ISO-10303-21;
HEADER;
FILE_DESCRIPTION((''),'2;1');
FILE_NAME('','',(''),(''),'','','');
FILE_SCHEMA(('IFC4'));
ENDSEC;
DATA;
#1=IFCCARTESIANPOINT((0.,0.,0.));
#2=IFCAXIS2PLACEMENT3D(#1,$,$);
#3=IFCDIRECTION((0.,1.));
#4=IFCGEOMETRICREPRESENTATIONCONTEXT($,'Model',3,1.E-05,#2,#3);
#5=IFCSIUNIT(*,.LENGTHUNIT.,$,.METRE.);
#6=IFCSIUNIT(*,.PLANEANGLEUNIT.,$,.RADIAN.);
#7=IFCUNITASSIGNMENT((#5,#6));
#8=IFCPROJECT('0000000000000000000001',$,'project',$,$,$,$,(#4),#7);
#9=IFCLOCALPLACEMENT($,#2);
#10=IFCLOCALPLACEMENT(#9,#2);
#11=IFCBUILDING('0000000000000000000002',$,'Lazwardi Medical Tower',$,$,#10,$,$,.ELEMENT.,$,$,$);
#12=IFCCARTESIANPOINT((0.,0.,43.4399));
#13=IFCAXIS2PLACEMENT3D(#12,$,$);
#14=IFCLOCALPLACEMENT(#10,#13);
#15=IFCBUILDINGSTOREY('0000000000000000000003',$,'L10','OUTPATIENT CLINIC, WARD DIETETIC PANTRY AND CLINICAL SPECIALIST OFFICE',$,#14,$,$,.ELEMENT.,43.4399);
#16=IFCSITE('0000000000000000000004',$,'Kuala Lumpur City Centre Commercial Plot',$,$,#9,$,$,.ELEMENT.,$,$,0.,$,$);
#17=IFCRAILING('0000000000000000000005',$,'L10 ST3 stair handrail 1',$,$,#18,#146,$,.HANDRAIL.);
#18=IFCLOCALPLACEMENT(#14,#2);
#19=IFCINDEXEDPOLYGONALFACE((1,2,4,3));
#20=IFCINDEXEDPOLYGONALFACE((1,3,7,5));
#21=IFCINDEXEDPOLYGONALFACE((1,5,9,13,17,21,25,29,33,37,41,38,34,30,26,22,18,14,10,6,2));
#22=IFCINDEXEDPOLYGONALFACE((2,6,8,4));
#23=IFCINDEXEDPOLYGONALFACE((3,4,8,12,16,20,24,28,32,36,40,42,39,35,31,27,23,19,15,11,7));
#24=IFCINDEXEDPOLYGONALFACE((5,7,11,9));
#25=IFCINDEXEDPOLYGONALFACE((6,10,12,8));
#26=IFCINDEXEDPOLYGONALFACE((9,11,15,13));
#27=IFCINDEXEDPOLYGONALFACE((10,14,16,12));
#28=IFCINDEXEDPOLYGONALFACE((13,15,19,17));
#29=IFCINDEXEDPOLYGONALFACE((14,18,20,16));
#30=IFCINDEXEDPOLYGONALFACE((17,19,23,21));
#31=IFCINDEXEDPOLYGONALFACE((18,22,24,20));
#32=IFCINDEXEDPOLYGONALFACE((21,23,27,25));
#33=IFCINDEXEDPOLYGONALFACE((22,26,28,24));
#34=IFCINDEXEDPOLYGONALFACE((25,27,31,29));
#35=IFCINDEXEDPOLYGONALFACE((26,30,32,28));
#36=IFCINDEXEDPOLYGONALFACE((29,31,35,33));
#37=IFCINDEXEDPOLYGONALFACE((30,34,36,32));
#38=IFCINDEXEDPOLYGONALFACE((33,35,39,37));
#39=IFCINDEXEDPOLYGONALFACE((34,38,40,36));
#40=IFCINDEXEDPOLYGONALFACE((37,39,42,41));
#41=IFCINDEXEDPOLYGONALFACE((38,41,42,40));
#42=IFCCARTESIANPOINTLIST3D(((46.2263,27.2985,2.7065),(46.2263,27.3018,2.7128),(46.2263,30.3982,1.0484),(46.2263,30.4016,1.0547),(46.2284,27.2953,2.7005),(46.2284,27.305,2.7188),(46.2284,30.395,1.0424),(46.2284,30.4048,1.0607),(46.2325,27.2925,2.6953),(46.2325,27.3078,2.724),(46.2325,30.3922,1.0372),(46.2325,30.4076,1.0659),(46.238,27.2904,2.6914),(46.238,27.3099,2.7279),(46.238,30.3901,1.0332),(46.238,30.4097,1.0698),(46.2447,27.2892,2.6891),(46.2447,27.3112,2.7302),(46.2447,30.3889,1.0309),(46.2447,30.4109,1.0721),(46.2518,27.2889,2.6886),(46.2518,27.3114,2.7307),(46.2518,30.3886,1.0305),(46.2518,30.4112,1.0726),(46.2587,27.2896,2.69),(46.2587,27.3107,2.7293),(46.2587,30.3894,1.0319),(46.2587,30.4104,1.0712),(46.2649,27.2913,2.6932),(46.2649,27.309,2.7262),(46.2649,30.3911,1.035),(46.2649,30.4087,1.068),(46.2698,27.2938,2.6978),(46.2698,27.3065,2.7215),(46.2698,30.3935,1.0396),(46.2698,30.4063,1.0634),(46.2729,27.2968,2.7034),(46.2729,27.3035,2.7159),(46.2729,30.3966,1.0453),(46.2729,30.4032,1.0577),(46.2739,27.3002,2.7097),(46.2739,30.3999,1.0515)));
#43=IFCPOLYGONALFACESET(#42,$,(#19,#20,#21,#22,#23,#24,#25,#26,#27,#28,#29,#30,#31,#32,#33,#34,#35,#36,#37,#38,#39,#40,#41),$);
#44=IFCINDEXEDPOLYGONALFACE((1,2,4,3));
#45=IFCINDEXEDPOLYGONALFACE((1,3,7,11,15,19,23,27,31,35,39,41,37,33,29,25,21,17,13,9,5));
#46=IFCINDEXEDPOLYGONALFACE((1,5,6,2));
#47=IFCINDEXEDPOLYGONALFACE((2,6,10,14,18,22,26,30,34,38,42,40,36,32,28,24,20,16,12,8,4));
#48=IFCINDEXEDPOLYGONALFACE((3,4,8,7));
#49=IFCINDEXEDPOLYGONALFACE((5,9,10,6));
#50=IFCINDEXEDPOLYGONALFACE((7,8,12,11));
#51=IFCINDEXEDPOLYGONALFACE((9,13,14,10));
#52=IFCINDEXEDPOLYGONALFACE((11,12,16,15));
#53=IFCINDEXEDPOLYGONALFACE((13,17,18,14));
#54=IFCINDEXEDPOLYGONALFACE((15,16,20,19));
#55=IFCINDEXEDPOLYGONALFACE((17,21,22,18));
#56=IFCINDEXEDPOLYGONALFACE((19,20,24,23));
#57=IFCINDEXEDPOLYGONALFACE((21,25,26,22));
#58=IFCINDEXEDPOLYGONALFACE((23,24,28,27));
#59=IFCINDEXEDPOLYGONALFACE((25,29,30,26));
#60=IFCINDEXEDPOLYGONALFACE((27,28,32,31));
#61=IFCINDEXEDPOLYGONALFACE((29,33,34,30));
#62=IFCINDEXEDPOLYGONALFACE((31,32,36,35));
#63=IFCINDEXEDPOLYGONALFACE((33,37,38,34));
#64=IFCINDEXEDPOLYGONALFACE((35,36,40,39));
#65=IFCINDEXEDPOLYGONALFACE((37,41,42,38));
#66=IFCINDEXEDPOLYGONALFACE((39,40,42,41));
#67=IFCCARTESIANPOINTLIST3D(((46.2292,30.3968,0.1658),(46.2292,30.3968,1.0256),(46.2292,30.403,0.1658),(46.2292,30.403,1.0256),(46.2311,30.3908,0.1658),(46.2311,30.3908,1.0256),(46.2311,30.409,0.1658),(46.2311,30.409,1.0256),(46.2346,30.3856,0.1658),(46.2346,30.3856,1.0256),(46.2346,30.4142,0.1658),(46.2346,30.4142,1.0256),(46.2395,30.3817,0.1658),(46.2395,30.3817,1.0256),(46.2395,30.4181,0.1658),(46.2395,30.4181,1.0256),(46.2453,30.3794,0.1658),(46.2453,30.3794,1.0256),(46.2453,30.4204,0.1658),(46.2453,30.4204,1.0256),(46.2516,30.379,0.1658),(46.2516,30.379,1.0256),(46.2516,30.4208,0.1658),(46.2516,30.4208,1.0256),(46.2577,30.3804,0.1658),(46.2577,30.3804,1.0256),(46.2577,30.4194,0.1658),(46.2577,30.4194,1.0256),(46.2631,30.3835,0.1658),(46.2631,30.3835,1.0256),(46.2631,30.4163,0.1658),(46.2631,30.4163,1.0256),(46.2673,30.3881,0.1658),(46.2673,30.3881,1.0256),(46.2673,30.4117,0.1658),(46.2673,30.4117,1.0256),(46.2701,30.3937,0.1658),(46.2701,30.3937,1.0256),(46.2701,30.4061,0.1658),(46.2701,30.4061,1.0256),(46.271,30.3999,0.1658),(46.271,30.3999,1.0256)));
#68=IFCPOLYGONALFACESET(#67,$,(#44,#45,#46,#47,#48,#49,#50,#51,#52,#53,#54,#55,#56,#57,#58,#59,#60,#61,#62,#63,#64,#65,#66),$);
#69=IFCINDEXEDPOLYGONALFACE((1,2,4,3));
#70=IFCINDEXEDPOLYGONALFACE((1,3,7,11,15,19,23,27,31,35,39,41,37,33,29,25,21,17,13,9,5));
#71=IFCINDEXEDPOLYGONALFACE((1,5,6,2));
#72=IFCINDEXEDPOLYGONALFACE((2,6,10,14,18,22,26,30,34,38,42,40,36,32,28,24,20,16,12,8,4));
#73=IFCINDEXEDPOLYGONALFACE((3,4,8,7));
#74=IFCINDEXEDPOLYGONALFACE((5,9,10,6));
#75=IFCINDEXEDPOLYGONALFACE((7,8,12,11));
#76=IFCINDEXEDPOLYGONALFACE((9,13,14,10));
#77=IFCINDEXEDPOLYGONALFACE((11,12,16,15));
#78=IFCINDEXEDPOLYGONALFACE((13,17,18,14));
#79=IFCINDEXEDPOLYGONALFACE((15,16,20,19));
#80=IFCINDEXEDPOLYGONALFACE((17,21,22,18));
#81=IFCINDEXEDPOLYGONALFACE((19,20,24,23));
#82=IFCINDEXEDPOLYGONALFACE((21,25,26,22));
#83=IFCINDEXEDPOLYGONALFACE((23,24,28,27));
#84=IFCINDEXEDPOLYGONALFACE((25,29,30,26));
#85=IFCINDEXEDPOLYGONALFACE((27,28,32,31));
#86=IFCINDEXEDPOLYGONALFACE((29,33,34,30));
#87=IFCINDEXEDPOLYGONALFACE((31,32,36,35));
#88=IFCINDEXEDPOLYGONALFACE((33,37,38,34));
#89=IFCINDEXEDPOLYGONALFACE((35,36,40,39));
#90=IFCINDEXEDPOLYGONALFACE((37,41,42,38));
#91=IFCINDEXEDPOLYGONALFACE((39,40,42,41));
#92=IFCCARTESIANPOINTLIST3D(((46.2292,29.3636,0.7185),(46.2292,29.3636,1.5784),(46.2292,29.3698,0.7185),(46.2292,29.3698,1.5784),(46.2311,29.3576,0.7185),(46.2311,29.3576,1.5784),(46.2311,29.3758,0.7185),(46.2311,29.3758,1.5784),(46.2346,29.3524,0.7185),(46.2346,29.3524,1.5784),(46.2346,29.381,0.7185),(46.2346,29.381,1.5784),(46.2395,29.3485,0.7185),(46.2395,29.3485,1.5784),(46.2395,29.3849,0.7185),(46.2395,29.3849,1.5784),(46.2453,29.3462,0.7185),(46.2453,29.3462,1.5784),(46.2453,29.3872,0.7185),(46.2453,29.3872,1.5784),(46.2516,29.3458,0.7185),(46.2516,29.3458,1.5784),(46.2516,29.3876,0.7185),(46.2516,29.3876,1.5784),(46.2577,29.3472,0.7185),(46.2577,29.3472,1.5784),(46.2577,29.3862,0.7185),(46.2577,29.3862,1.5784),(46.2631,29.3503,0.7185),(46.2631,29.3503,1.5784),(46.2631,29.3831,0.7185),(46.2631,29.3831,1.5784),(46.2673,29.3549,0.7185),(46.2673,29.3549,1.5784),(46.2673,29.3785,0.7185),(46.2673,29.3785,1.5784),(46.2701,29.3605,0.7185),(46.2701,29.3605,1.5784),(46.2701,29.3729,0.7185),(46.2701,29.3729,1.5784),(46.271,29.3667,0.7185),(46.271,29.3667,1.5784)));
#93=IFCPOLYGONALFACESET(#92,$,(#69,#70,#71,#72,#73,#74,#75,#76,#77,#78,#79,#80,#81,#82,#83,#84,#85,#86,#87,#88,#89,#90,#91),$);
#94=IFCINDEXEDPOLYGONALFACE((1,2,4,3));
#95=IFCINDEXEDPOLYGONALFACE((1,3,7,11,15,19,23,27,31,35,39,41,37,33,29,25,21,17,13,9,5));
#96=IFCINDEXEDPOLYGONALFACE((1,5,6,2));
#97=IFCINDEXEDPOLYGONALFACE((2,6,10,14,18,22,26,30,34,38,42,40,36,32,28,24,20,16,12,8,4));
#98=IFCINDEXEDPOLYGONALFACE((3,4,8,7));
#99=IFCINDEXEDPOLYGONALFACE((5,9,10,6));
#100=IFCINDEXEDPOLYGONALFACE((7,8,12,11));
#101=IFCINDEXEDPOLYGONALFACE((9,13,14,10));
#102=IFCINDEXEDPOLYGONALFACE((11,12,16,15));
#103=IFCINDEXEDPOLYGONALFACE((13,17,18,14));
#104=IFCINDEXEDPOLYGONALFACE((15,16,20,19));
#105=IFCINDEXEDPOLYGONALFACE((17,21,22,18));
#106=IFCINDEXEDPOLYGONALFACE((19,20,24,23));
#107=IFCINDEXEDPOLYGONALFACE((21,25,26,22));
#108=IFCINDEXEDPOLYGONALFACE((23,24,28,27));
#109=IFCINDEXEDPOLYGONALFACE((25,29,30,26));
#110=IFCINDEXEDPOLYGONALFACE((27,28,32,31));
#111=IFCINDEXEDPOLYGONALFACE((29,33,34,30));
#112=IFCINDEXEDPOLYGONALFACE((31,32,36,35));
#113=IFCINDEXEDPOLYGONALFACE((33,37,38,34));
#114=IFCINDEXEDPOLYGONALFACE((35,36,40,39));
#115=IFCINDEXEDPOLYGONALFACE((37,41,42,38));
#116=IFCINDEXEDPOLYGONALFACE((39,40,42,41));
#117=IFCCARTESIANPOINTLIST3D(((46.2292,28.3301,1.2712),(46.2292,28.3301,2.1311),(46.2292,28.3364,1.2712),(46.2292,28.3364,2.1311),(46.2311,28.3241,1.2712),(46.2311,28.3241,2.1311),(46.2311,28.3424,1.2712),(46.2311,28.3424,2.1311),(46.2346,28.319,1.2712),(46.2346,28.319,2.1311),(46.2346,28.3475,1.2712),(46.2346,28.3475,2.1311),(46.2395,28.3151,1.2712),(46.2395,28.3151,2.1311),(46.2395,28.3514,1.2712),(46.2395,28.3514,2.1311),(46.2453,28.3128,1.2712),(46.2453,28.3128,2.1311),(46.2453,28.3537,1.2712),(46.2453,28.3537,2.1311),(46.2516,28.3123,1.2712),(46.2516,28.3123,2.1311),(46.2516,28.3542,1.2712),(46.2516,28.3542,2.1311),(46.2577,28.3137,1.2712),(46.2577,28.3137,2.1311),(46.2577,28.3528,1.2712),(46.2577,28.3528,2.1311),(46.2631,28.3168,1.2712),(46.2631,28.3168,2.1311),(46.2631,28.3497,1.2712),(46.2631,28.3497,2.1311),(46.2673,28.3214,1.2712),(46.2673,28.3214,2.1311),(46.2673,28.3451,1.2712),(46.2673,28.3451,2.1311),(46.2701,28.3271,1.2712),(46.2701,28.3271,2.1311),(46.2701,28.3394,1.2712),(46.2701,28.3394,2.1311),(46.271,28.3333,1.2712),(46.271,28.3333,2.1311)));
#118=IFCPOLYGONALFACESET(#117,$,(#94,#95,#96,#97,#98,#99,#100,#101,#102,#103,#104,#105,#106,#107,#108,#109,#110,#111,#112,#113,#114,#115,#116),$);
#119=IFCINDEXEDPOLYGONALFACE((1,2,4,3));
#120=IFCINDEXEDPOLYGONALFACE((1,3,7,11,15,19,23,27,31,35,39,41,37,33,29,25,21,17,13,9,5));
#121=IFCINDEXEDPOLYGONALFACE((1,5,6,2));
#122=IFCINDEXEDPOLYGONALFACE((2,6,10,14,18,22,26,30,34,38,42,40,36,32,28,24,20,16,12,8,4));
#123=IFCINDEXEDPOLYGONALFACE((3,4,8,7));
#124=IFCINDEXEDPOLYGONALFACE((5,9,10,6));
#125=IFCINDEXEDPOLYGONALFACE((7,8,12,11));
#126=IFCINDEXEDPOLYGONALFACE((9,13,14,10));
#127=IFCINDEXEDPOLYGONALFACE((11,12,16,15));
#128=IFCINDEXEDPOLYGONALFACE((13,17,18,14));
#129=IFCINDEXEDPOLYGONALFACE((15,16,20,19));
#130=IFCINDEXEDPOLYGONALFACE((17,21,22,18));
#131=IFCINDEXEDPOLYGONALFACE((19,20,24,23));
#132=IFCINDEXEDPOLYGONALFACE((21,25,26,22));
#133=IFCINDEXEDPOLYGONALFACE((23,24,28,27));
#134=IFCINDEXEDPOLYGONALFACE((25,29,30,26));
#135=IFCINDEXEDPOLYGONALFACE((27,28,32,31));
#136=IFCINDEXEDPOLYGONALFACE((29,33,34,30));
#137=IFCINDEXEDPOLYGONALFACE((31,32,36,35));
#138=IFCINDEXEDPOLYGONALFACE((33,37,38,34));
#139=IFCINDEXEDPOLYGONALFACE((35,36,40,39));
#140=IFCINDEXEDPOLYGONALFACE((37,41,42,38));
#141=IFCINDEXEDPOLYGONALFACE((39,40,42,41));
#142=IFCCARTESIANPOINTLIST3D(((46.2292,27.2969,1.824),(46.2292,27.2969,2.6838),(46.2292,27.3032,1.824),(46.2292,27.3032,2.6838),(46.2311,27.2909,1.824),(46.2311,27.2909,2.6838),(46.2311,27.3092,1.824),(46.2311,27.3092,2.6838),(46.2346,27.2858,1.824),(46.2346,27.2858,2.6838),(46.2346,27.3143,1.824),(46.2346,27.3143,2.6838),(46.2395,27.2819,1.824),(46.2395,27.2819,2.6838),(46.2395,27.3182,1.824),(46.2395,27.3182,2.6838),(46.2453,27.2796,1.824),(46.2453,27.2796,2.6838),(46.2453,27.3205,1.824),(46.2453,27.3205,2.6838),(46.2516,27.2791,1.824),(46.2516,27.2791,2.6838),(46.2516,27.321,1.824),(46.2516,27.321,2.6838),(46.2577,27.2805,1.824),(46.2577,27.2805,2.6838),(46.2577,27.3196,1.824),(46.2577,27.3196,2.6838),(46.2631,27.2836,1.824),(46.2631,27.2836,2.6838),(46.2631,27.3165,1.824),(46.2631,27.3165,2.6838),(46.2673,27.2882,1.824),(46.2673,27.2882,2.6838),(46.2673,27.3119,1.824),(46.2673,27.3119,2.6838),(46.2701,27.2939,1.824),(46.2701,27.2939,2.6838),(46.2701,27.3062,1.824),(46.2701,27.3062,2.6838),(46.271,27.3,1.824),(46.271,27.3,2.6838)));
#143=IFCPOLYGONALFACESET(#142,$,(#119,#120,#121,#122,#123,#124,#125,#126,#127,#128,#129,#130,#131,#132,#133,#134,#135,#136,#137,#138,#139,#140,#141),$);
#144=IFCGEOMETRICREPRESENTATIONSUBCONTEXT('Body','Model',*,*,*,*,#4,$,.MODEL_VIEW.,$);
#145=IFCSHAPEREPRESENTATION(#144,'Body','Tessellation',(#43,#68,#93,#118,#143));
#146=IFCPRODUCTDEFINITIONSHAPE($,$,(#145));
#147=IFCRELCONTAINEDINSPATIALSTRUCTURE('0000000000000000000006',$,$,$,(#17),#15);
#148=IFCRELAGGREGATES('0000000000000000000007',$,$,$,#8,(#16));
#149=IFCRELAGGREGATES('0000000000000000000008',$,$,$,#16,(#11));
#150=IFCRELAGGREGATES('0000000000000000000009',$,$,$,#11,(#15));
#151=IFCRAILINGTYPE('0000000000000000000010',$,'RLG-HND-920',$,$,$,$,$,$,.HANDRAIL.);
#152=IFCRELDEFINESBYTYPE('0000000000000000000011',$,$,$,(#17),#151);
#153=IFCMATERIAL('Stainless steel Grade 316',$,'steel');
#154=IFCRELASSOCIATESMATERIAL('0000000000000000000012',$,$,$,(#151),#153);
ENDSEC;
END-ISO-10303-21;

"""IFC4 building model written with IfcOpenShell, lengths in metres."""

from ifc_helpers import new_model, si_unit, direction, frame, origin, origin_2d, place, context, subcontext, project, spatial, circle, extrude, material, type_object, element, save


model = new_model("IFC4")

# Units and contexts
model_context = context("Model", 3, precision=1e-05, world=origin(), true_north=direction((0.0, 1.0)))
body_context = subcontext(model_context, "Body", "Model", "MODEL_VIEW")
ifc_project = project(units=[si_unit("LENGTHUNIT", "METRE"), si_unit("PLANEANGLEUNIT", "RADIAN")], contexts=[model_context])

# Site, building, storey
site_placement = place(None, origin())
site = spatial("IfcSite", under=ifc_project, at=site_placement, Name="Kuala Lumpur City Centre Commercial Plot", CompositionType="ELEMENT", RefElevation=0.0)
building_placement = place(site_placement, origin())
building = spatial("IfcBuilding", under=site, at=building_placement, Name="Lazwardi Medical Tower", CompositionType="ELEMENT")
storey_placement = place(building_placement, frame((0.0, 0.0, 43.4399)))
storey = spatial("IfcBuildingStorey", under=building, at=storey_placement, Name="L10", Description="OUTPATIENT CLINIC, WARD DIETETIC PANTRY AND CLINICAL SPECIALIST OFFICE", CompositionType="ELEMENT", Elevation=43.4399)

# Railing
ifc_material_1 = material(Name="Stainless steel Grade 316", Category="steel")
railing_type_1 = type_object("IfcRailingType", Name="RLG-HND-920", PredefinedType="HANDRAIL", material=ifc_material_1)
railing_1_placement = place(storey_placement, frame((46.25, 30.3999, 0.1658)))
element("IfcRailing", 1, at=railing_1_placement, inside=storey, type_object=railing_type_1, Name="L10 ST3 stair handrail 1", PredefinedType="HANDRAIL", context=body_context, shape_type="SweptSolid", body=[
    extrude(circle(Radius=0.0239, at=origin_2d()), frame((0.0, 0.0, 0.8857), z_axis=(0.0, -0.881768, 0.471684), x_axis=(1.0, 0.0, 0.0)), (0.0, 0.0, 1.0), 3.5154),
    extrude(circle(Radius=0.021, at=origin_2d()), origin(), (0.0, 0.0, 1.0), 0.8599),
    extrude(circle(Radius=0.021, at=origin_2d()), frame((0.0, -1.0332, 0.5527)), (0.0, 0.0, 1.0), 0.8599),
    extrude(circle(Radius=0.021, at=origin_2d()), frame((0.0, -2.0667, 1.1055)), (0.0, 0.0, 1.0), 0.8599),
    extrude(circle(Radius=0.021, at=origin_2d()), frame((0.0, -3.0999, 1.6582)), (0.0, 0.0, 1.0), 0.8599),
])

save(model, "model.ifc")
